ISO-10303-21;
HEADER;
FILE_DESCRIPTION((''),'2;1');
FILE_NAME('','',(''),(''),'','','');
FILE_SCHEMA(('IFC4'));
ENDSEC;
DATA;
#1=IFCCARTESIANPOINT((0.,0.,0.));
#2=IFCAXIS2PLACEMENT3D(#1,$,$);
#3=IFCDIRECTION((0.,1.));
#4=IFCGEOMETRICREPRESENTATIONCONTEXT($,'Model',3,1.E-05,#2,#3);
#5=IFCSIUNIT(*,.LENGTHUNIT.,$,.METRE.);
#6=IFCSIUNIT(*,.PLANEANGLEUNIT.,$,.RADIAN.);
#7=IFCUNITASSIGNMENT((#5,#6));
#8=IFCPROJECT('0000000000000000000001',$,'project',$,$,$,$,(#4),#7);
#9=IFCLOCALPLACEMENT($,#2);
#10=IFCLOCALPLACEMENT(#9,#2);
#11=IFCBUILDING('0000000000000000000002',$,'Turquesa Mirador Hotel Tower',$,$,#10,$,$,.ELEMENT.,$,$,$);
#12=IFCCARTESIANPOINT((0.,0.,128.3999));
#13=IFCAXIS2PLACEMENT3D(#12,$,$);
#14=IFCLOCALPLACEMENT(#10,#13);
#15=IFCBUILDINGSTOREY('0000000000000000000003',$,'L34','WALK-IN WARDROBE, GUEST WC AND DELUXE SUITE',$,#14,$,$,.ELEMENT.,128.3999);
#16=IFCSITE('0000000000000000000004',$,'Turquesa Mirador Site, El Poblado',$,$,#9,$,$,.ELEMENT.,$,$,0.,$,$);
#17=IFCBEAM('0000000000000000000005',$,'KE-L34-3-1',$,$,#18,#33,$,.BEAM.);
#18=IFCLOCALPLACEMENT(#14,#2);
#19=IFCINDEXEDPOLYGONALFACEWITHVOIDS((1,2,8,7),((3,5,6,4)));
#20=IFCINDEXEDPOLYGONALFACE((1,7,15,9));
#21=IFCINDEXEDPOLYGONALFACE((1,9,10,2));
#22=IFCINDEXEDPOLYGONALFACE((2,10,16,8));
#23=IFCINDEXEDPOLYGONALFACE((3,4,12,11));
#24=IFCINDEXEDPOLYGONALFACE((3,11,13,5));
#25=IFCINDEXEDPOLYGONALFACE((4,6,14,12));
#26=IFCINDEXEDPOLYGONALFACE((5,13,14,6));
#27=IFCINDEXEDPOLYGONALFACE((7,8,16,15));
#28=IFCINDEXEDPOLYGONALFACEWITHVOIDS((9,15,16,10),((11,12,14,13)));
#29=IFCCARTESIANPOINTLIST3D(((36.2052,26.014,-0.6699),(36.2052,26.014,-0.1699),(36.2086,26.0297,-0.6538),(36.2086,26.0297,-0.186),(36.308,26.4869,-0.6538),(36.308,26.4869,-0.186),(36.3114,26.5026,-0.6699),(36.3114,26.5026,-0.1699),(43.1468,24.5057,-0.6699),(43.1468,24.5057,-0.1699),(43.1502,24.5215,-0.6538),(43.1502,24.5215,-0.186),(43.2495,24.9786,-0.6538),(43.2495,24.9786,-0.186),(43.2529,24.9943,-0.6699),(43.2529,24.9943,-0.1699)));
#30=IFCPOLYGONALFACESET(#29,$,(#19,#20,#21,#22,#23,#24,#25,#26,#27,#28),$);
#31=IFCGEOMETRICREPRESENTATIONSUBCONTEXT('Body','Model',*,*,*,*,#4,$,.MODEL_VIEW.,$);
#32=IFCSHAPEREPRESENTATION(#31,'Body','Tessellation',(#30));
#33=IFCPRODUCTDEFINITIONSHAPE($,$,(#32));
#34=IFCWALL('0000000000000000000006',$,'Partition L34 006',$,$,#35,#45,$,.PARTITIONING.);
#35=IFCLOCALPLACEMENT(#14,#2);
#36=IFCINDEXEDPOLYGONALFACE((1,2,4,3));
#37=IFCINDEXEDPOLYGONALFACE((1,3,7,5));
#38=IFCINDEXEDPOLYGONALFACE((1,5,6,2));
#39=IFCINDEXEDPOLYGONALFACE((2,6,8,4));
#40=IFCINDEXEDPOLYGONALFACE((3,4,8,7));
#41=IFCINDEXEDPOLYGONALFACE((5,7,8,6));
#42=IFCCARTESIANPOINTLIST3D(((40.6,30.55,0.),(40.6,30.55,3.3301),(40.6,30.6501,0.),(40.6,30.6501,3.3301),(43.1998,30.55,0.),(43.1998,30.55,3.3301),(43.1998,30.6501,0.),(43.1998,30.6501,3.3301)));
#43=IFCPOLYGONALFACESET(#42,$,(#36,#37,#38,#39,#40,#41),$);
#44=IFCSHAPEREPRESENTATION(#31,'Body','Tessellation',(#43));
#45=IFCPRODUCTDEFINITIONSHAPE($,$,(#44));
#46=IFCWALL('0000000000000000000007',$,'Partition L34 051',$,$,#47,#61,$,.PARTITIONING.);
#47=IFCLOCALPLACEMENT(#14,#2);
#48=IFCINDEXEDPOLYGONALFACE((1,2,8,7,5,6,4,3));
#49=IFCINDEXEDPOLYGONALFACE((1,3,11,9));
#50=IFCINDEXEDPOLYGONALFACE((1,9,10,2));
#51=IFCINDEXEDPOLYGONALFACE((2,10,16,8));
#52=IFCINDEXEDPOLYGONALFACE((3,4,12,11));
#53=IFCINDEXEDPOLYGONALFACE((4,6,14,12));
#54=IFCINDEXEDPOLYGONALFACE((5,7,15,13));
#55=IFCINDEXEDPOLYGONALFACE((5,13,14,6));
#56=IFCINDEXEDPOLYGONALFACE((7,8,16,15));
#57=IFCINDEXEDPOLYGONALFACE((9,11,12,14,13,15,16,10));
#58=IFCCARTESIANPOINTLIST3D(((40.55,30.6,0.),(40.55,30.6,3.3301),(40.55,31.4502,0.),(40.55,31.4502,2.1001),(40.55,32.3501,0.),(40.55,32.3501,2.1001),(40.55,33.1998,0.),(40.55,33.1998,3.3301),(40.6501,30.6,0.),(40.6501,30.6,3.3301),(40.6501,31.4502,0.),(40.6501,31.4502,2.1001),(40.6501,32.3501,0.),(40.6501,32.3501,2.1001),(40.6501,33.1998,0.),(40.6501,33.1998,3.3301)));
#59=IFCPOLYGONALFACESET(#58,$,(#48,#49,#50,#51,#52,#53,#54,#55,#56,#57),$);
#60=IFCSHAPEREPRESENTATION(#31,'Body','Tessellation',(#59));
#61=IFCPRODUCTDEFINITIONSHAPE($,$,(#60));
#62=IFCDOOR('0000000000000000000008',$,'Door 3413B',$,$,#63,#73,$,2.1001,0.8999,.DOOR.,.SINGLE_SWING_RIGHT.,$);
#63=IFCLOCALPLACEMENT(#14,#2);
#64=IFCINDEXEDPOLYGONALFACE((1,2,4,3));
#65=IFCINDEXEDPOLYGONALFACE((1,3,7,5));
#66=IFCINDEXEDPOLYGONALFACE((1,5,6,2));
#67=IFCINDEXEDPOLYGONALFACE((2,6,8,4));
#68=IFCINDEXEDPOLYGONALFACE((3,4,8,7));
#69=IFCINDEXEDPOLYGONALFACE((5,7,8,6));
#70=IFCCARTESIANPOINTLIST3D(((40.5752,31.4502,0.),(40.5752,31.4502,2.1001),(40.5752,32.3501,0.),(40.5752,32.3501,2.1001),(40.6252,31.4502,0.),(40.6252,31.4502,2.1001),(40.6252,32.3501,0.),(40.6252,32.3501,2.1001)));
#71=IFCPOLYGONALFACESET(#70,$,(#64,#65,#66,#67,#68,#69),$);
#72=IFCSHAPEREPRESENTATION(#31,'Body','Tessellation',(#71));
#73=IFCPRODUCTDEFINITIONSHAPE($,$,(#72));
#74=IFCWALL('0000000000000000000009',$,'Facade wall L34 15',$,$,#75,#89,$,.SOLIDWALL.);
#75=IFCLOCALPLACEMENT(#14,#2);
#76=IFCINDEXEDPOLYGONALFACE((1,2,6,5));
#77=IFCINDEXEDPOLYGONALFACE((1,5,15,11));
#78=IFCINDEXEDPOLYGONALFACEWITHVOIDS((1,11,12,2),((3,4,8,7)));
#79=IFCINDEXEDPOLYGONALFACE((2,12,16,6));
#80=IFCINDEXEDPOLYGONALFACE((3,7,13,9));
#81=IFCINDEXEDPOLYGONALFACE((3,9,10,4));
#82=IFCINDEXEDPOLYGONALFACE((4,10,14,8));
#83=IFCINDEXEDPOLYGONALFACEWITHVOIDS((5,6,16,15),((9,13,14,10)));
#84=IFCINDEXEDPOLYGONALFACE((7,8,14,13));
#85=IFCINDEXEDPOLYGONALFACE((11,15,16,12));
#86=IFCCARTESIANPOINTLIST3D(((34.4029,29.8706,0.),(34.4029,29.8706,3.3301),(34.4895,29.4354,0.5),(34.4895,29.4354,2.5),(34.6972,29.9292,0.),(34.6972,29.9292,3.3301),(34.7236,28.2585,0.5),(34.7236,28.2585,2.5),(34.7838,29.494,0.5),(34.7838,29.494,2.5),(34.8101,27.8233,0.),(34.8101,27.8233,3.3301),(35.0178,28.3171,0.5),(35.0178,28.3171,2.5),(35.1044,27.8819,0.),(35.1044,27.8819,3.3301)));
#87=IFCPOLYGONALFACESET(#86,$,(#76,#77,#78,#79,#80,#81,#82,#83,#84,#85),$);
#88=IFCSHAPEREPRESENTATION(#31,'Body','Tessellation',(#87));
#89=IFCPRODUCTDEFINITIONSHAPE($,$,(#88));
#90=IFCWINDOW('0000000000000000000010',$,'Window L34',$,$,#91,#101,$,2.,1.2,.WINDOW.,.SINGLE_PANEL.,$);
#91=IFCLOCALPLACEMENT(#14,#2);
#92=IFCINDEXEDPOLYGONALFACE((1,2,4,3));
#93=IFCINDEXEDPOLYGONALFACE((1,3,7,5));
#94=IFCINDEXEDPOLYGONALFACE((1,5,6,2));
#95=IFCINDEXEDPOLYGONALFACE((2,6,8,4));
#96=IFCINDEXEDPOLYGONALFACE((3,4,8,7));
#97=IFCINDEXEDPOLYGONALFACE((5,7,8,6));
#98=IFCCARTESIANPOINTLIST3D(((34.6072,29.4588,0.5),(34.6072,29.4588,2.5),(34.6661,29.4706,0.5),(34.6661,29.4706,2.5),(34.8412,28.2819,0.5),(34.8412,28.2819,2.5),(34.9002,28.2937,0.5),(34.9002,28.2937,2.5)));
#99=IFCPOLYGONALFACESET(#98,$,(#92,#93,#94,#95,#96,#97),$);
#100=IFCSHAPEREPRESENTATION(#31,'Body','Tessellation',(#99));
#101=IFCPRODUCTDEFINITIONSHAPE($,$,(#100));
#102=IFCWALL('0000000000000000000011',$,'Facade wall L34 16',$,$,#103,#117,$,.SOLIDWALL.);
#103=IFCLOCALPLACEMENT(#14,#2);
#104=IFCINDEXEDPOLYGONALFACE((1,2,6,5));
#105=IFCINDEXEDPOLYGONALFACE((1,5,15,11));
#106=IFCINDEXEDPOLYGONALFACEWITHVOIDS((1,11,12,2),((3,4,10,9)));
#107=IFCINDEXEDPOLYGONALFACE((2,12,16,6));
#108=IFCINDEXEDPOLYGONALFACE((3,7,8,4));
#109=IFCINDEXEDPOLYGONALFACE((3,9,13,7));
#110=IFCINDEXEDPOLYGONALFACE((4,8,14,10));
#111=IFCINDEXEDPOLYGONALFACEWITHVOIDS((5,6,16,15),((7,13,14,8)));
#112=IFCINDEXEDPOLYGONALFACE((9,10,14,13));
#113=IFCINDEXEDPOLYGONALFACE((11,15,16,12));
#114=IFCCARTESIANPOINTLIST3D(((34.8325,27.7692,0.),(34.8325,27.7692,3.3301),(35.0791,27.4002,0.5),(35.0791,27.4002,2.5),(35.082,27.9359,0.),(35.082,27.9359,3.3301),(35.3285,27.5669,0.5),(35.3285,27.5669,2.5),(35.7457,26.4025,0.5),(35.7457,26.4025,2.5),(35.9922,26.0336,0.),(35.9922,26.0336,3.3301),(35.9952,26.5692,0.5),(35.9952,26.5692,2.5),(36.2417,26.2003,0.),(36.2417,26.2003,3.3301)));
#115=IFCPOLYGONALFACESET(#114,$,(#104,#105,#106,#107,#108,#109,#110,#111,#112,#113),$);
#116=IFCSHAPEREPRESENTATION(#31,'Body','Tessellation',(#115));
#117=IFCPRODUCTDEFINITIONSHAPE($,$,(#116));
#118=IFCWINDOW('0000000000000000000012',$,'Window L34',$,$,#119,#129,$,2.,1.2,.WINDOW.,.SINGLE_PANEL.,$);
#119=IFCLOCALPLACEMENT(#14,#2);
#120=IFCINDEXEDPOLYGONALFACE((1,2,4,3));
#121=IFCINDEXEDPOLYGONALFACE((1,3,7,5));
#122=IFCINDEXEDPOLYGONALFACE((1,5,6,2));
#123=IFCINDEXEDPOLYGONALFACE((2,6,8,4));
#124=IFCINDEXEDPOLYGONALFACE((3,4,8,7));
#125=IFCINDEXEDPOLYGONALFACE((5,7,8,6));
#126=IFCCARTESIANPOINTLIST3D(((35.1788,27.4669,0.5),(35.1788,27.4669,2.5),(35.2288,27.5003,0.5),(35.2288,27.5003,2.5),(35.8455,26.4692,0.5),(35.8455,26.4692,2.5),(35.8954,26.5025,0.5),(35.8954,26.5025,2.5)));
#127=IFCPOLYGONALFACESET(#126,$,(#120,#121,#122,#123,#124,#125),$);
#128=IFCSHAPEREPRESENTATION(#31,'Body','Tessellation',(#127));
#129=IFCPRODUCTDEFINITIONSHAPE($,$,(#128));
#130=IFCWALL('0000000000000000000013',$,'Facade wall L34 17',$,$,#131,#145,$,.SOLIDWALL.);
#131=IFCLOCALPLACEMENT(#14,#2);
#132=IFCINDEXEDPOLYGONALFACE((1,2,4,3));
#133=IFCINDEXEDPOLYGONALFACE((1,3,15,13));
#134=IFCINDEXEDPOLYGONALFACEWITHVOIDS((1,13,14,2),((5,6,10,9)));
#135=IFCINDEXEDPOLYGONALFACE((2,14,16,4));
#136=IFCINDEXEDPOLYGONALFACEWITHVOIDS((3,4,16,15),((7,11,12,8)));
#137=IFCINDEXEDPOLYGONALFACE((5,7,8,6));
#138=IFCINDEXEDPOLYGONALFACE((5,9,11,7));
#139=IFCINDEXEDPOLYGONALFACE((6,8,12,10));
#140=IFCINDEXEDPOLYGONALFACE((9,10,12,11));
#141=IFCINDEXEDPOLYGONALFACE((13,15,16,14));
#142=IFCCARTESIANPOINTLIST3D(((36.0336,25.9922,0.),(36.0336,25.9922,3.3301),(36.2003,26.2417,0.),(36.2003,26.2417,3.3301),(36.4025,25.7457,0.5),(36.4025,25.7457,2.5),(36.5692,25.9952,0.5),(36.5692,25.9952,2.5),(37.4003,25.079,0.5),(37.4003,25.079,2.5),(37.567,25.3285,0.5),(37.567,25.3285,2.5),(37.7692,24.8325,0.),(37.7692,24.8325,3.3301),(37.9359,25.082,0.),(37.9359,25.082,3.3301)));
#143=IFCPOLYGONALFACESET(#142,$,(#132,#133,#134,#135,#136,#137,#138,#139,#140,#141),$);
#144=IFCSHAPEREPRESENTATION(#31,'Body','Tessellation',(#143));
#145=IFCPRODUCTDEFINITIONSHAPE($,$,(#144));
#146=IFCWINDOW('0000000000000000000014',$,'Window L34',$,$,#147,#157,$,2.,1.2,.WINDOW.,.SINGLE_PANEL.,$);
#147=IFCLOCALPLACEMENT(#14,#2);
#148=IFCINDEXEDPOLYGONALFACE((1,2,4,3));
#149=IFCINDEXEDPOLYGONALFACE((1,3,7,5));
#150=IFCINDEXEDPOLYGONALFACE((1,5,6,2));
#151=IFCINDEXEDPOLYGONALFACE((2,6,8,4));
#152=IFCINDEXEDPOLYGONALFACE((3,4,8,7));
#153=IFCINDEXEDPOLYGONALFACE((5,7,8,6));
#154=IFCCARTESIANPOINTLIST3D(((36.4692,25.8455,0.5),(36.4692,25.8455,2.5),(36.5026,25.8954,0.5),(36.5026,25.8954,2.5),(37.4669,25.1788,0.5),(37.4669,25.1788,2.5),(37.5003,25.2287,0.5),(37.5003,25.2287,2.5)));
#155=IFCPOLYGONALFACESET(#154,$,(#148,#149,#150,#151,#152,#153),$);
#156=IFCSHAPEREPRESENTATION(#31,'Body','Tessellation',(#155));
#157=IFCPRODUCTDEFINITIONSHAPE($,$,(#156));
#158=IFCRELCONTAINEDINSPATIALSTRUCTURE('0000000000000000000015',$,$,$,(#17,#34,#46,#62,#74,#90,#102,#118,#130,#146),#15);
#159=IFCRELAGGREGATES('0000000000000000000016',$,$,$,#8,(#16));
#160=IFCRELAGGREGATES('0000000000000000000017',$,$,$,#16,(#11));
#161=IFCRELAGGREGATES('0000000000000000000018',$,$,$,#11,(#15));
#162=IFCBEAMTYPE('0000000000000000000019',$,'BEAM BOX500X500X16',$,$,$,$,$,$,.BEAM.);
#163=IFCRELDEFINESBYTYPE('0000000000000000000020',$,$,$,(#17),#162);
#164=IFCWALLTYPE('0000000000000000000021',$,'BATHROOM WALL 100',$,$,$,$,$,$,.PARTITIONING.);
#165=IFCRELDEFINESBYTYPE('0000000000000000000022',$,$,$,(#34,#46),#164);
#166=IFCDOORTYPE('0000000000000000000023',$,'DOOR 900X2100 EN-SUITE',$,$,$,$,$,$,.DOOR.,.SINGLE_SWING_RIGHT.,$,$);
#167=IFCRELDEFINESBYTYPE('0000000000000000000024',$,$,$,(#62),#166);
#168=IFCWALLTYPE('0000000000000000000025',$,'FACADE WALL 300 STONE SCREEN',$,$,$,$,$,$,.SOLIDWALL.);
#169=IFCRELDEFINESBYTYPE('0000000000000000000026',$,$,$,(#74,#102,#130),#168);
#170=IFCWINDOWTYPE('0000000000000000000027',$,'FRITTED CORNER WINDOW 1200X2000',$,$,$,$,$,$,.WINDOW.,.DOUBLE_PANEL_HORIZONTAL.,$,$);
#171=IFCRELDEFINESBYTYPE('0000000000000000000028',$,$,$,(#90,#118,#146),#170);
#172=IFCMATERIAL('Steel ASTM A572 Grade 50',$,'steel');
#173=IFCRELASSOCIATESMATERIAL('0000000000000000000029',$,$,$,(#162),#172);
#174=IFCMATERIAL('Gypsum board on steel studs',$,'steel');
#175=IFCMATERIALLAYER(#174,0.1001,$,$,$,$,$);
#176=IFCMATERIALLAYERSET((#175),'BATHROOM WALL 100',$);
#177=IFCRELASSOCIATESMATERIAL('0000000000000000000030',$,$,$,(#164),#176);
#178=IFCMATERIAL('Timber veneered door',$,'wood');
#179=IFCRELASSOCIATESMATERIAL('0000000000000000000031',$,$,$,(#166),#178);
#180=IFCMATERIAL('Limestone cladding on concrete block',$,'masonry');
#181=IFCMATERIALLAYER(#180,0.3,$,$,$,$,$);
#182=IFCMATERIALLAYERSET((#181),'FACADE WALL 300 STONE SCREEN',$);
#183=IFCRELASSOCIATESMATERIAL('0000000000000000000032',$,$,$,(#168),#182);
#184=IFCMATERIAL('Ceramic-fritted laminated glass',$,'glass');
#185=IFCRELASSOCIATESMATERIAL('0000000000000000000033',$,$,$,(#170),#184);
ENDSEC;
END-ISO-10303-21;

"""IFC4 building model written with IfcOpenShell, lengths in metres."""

from ifc_helpers import new_model, si_unit, direction, frame, frame_2d, origin, origin_2d, place, context, subcontext, project, spatial, rectangle, hollow_rectangle, extrude, material, layer, layer_set, material_profile, profile_set, type_object, element, fill, save


model = new_model("IFC4")

# Units and contexts
model_context = context("Model", 3, precision=1e-05, world=origin(), true_north=direction((0.0, 1.0)))
body_context = subcontext(model_context, "Body", "Model", "MODEL_VIEW")
ifc_project = project(units=[si_unit("LENGTHUNIT", "METRE"), si_unit("PLANEANGLEUNIT", "RADIAN")], contexts=[model_context])

# Site, building, storey
site_placement = place(None, origin())
site = spatial("IfcSite", under=ifc_project, at=site_placement, Name="Turquesa Mirador Site, El Poblado", CompositionType="ELEMENT", RefElevation=0.0)
building_placement = place(site_placement, origin())
building = spatial("IfcBuilding", under=site, at=building_placement, Name="Turquesa Mirador Hotel Tower", CompositionType="ELEMENT")
storey_placement = place(building_placement, frame((0.0, 0.0, 128.3999)))
storey = spatial("IfcBuildingStorey", under=building, at=storey_placement, Name="L34", Description="WALK-IN WARDROBE, GUEST WC AND DELUXE SUITE", CompositionType="ELEMENT", Elevation=128.3999)

# Beam
ifc_material_1 = material(Name="Steel ASTM A572 Grade 50", Category="steel")
ifc_material_profile = material_profile(ifc_material_1, hollow_rectangle(XDim=0.5, YDim=0.5, WallThickness=0.0161, at=origin_2d()), Name="BOX500X500X16")
ifc_profile_set = profile_set([ifc_material_profile], Name="Steel ASTM A572 Grade 50")
beam_type = type_object("IfcBeamType", Name="BEAM BOX500X500X16", PredefinedType="BEAM", material=ifc_profile_set)
beam_placement = place(storey_placement, frame((36.2583, 26.2583, -0.4199), z_axis=(0.977198, -0.212328, 0.0), x_axis=(0.212328, 0.977198, 0.0)))
element("IfcBeam", 1, at=beam_placement, inside=storey, type_object=beam_type, Name="KE-L34-3-1", PredefinedType="BEAM", context=body_context, shape_type="SweptSolid", body=[
    extrude(hollow_rectangle(XDim=0.5, YDim=0.5, WallThickness=0.0161, at=origin_2d()), origin(), (0.0, 0.0, 1.0), 7.1035),
])

# Wall
ifc_material_2 = material(Name="Gypsum board on steel studs", Category="steel")
ifc_layer_1 = layer(ifc_material_2, 0.1001)
ifc_layer_set_1 = layer_set([ifc_layer_1], Name="BATHROOM WALL 100")
wall_type_1 = type_object("IfcWallType", Name="BATHROOM WALL 100", PredefinedType="PARTITIONING", material=ifc_layer_set_1)
wall_1_placement = place(storey_placement, frame((40.6001, 30.6001, 0.0), z_axis=(0.0, 0.0, 1.0), x_axis=(1.0, 0.0, 0.0)))
element("IfcWall", 2, at=wall_1_placement, inside=storey, type_object=wall_type_1, Name="Partition L34 006", PredefinedType="PARTITIONING", context=body_context, shape_type="SweptSolid", body=[
    extrude(rectangle(XDim=2.5999, YDim=0.1001, at=frame_2d((1.2998, 0.0))), origin(), (0.0, 0.0, 1.0), 3.3301),
])

# Wall, opening, door
wall_2_placement = place(storey_placement, frame((40.6001, 30.6001, 0.0), z_axis=(0.0, 0.0, 1.0), x_axis=(0.0, 1.0, 0.0)))
wall_2 = element("IfcWall", 3, at=wall_2_placement, inside=storey, type_object=wall_type_1, Name="Partition L34 051", PredefinedType="PARTITIONING", context=body_context, shape_type="SweptSolid", body=[
    extrude(rectangle(XDim=2.5999, YDim=0.1001, at=frame_2d((1.2998, 0.0))), origin(), (0.0, 0.0, 1.0), 3.3301),
])
opening_1_placement = place(wall_2_placement, frame((0.8501, 0.0, 0.0)))
opening_1 = element("IfcOpeningElement", 4, at=opening_1_placement, cuts=wall_2, PredefinedType="OPENING", context=body_context, shape_type="SweptSolid", body=[
    extrude(rectangle(XDim=0.8999, YDim=2.1001, at=frame_2d((0.45, 1.05))), frame((0.0, 0.0601, 0.0), z_axis=(0.0, -1.0, 0.0), x_axis=(1.0, 0.0, 0.0)), (0.0, 0.0, 1.0), 0.1201),
])
ifc_material_3 = material(Name="Timber veneered door", Category="wood")
door_type_1 = type_object("IfcDoorType", Name="DOOR 900X2100 EN-SUITE", OperationType="SINGLE_SWING_RIGHT", PredefinedType="DOOR", material=ifc_material_3)
door_1_placement = place(opening_1_placement, origin())
door_1 = element("IfcDoor", 5, at=door_1_placement, inside=storey, type_object=door_type_1, Name="Door 3413B", OperationType="SINGLE_SWING_RIGHT", OverallHeight=2.1001, OverallWidth=0.8999, PredefinedType="DOOR", context=body_context, shape_type="SweptSolid", body=[
    extrude(rectangle(XDim=0.8999, YDim=2.1001, at=frame_2d((0.45, 1.05))), frame((0.0, 0.0249, 0.0), z_axis=(0.0, -1.0, 0.0), x_axis=(1.0, 0.0, 0.0)), (0.0, 0.0, 1.0), 0.05),
])
fill(opening_1, door_1)

# Walls, openings, windows
ifc_material_4 = material(Name="Limestone cladding on concrete block", Category="masonry")
ifc_layer_2 = layer(ifc_material_4, 0.3)
ifc_layer_set_2 = layer_set([ifc_layer_2], Name="FACADE WALL 300 STONE SCREEN")
wall_type_2 = type_object("IfcWallType", Name="FACADE WALL 300 STONE SCREEN", PredefinedType="SOLIDWALL", material=ifc_layer_set_2)
wall_3_placement = place(storey_placement, frame((34.55, 29.8999, 0.0), z_axis=(0.0, 0.0, 1.0), x_axis=(0.195081, -0.980787, 0.0)))
wall_3 = element("IfcWall", 6, at=wall_3_placement, inside=storey, type_object=wall_type_2, Name="Facade wall L34 15", PredefinedType="SOLIDWALL", context=body_context, shape_type="SweptSolid", body=[
    extrude(rectangle(XDim=2.0874, YDim=0.3, at=frame_2d((1.0437, 0.0))), origin(), (0.0, 0.0, 1.0), 3.3301),
])
opening_2_placement = place(wall_3_placement, frame((0.4436, 0.0, 0.5)))
opening_2 = element("IfcOpeningElement", 7, at=opening_2_placement, cuts=wall_3, PredefinedType="OPENING", context=body_context, shape_type="SweptSolid", body=[
    extrude(rectangle(XDim=1.2, YDim=2.0, at=frame_2d((0.6001, 1.0))), frame((0.0, 0.1599, 0.0), z_axis=(0.0, -1.0, 0.0), x_axis=(1.0, 0.0, 0.0)), (0.0, 0.0, 1.0), 0.3201),
])
ifc_material_5 = material(Name="Ceramic-fritted laminated glass", Category="glass")
window_type_1 = type_object("IfcWindowType", Name="FRITTED CORNER WINDOW 1200X2000", PartitioningType="DOUBLE_PANEL_HORIZONTAL", PredefinedType="WINDOW", material=ifc_material_5)
window_1_placement = place(opening_2_placement, origin())
window_1 = element("IfcWindow", 8, at=window_1_placement, inside=storey, type_object=window_type_1, Name="Window L34", OverallHeight=2.0, OverallWidth=1.2, PartitioningType="SINGLE_PANEL", PredefinedType="WINDOW", context=body_context, shape_type="SweptSolid", body=[
    extrude(rectangle(XDim=1.2, YDim=2.0, at=frame_2d((0.6001, 1.0))), frame((0.0, 0.03, 0.0), z_axis=(0.0, -1.0, 0.0), x_axis=(1.0, 0.0, 0.0)), (0.0, 0.0, 1.0), 0.0601),
])
fill(opening_2, window_1)
wall_4_placement = place(storey_placement, frame((34.9573, 27.8525, 0.0), z_axis=(0.0, 0.0, 1.0), x_axis=(0.555564, -0.831474, 0.0)))
wall_4 = element("IfcWall", 9, at=wall_4_placement, inside=storey, type_object=wall_type_2, Name="Facade wall L34 16", PredefinedType="SOLIDWALL", context=body_context, shape_type="SweptSolid", body=[
    extrude(rectangle(XDim=2.0874, YDim=0.3, at=frame_2d((1.0437, 0.0))), origin(), (0.0, 0.0, 1.0), 3.3301),
])
opening_3_placement = place(wall_4_placement, frame((0.4436, 0.0, 0.5)))
opening_3 = element("IfcOpeningElement", 10, at=opening_3_placement, cuts=wall_4, PredefinedType="OPENING", context=body_context, shape_type="SweptSolid", body=[
    extrude(rectangle(XDim=1.2, YDim=2.0, at=frame_2d((0.6001, 1.0))), frame((0.0, 0.1599, 0.0), z_axis=(0.0, -1.0, 0.0), x_axis=(1.0, 0.0, 0.0)), (0.0, 0.0, 1.0), 0.3201),
])
window_2_placement = place(opening_3_placement, origin())
window_2 = element("IfcWindow", 11, at=window_2_placement, inside=storey, type_object=window_type_1, Name="Window L34", OverallHeight=2.0, OverallWidth=1.2, PartitioningType="SINGLE_PANEL", PredefinedType="WINDOW", context=body_context, shape_type="SweptSolid", body=[
    extrude(rectangle(XDim=1.2, YDim=2.0, at=frame_2d((0.6001, 1.0))), frame((0.0, 0.03, 0.0), z_axis=(0.0, -1.0, 0.0), x_axis=(1.0, 0.0, 0.0)), (0.0, 0.0, 1.0), 0.0601),
])
fill(opening_3, window_2)
wall_5_placement = place(storey_placement, frame((36.1169, 26.1169, 0.0), z_axis=(0.0, 0.0, 1.0), x_axis=(0.831474, -0.555564, 0.0)))
wall_5 = element("IfcWall", 12, at=wall_5_placement, inside=storey, type_object=wall_type_2, Name="Facade wall L34 17", PredefinedType="SOLIDWALL", context=body_context, shape_type="SweptSolid", body=[
    extrude(rectangle(XDim=2.0874, YDim=0.3, at=frame_2d((1.0437, 0.0))), origin(), (0.0, 0.0, 1.0), 3.3301),
])
opening_4_placement = place(wall_5_placement, frame((0.4436, 0.0, 0.5)))
opening_4 = element("IfcOpeningElement", 13, at=opening_4_placement, cuts=wall_5, PredefinedType="OPENING", context=body_context, shape_type="SweptSolid", body=[
    extrude(rectangle(XDim=1.2, YDim=2.0, at=frame_2d((0.6001, 1.0))), frame((0.0, 0.1599, 0.0), z_axis=(0.0, -1.0, 0.0), x_axis=(1.0, 0.0, 0.0)), (0.0, 0.0, 1.0), 0.3201),
])
window_3_placement = place(opening_4_placement, origin())
window_3 = element("IfcWindow", 14, at=window_3_placement, inside=storey, type_object=window_type_1, Name="Window L34", OverallHeight=2.0, OverallWidth=1.2, PartitioningType="SINGLE_PANEL", PredefinedType="WINDOW", context=body_context, shape_type="SweptSolid", body=[
    extrude(rectangle(XDim=1.2, YDim=2.0, at=frame_2d((0.6001, 1.0))), frame((0.0, 0.03, 0.0), z_axis=(0.0, -1.0, 0.0), x_axis=(1.0, 0.0, 0.0)), (0.0, 0.0, 1.0), 0.0601),
])
fill(opening_4, window_3)

save(model, "model.ifc")
